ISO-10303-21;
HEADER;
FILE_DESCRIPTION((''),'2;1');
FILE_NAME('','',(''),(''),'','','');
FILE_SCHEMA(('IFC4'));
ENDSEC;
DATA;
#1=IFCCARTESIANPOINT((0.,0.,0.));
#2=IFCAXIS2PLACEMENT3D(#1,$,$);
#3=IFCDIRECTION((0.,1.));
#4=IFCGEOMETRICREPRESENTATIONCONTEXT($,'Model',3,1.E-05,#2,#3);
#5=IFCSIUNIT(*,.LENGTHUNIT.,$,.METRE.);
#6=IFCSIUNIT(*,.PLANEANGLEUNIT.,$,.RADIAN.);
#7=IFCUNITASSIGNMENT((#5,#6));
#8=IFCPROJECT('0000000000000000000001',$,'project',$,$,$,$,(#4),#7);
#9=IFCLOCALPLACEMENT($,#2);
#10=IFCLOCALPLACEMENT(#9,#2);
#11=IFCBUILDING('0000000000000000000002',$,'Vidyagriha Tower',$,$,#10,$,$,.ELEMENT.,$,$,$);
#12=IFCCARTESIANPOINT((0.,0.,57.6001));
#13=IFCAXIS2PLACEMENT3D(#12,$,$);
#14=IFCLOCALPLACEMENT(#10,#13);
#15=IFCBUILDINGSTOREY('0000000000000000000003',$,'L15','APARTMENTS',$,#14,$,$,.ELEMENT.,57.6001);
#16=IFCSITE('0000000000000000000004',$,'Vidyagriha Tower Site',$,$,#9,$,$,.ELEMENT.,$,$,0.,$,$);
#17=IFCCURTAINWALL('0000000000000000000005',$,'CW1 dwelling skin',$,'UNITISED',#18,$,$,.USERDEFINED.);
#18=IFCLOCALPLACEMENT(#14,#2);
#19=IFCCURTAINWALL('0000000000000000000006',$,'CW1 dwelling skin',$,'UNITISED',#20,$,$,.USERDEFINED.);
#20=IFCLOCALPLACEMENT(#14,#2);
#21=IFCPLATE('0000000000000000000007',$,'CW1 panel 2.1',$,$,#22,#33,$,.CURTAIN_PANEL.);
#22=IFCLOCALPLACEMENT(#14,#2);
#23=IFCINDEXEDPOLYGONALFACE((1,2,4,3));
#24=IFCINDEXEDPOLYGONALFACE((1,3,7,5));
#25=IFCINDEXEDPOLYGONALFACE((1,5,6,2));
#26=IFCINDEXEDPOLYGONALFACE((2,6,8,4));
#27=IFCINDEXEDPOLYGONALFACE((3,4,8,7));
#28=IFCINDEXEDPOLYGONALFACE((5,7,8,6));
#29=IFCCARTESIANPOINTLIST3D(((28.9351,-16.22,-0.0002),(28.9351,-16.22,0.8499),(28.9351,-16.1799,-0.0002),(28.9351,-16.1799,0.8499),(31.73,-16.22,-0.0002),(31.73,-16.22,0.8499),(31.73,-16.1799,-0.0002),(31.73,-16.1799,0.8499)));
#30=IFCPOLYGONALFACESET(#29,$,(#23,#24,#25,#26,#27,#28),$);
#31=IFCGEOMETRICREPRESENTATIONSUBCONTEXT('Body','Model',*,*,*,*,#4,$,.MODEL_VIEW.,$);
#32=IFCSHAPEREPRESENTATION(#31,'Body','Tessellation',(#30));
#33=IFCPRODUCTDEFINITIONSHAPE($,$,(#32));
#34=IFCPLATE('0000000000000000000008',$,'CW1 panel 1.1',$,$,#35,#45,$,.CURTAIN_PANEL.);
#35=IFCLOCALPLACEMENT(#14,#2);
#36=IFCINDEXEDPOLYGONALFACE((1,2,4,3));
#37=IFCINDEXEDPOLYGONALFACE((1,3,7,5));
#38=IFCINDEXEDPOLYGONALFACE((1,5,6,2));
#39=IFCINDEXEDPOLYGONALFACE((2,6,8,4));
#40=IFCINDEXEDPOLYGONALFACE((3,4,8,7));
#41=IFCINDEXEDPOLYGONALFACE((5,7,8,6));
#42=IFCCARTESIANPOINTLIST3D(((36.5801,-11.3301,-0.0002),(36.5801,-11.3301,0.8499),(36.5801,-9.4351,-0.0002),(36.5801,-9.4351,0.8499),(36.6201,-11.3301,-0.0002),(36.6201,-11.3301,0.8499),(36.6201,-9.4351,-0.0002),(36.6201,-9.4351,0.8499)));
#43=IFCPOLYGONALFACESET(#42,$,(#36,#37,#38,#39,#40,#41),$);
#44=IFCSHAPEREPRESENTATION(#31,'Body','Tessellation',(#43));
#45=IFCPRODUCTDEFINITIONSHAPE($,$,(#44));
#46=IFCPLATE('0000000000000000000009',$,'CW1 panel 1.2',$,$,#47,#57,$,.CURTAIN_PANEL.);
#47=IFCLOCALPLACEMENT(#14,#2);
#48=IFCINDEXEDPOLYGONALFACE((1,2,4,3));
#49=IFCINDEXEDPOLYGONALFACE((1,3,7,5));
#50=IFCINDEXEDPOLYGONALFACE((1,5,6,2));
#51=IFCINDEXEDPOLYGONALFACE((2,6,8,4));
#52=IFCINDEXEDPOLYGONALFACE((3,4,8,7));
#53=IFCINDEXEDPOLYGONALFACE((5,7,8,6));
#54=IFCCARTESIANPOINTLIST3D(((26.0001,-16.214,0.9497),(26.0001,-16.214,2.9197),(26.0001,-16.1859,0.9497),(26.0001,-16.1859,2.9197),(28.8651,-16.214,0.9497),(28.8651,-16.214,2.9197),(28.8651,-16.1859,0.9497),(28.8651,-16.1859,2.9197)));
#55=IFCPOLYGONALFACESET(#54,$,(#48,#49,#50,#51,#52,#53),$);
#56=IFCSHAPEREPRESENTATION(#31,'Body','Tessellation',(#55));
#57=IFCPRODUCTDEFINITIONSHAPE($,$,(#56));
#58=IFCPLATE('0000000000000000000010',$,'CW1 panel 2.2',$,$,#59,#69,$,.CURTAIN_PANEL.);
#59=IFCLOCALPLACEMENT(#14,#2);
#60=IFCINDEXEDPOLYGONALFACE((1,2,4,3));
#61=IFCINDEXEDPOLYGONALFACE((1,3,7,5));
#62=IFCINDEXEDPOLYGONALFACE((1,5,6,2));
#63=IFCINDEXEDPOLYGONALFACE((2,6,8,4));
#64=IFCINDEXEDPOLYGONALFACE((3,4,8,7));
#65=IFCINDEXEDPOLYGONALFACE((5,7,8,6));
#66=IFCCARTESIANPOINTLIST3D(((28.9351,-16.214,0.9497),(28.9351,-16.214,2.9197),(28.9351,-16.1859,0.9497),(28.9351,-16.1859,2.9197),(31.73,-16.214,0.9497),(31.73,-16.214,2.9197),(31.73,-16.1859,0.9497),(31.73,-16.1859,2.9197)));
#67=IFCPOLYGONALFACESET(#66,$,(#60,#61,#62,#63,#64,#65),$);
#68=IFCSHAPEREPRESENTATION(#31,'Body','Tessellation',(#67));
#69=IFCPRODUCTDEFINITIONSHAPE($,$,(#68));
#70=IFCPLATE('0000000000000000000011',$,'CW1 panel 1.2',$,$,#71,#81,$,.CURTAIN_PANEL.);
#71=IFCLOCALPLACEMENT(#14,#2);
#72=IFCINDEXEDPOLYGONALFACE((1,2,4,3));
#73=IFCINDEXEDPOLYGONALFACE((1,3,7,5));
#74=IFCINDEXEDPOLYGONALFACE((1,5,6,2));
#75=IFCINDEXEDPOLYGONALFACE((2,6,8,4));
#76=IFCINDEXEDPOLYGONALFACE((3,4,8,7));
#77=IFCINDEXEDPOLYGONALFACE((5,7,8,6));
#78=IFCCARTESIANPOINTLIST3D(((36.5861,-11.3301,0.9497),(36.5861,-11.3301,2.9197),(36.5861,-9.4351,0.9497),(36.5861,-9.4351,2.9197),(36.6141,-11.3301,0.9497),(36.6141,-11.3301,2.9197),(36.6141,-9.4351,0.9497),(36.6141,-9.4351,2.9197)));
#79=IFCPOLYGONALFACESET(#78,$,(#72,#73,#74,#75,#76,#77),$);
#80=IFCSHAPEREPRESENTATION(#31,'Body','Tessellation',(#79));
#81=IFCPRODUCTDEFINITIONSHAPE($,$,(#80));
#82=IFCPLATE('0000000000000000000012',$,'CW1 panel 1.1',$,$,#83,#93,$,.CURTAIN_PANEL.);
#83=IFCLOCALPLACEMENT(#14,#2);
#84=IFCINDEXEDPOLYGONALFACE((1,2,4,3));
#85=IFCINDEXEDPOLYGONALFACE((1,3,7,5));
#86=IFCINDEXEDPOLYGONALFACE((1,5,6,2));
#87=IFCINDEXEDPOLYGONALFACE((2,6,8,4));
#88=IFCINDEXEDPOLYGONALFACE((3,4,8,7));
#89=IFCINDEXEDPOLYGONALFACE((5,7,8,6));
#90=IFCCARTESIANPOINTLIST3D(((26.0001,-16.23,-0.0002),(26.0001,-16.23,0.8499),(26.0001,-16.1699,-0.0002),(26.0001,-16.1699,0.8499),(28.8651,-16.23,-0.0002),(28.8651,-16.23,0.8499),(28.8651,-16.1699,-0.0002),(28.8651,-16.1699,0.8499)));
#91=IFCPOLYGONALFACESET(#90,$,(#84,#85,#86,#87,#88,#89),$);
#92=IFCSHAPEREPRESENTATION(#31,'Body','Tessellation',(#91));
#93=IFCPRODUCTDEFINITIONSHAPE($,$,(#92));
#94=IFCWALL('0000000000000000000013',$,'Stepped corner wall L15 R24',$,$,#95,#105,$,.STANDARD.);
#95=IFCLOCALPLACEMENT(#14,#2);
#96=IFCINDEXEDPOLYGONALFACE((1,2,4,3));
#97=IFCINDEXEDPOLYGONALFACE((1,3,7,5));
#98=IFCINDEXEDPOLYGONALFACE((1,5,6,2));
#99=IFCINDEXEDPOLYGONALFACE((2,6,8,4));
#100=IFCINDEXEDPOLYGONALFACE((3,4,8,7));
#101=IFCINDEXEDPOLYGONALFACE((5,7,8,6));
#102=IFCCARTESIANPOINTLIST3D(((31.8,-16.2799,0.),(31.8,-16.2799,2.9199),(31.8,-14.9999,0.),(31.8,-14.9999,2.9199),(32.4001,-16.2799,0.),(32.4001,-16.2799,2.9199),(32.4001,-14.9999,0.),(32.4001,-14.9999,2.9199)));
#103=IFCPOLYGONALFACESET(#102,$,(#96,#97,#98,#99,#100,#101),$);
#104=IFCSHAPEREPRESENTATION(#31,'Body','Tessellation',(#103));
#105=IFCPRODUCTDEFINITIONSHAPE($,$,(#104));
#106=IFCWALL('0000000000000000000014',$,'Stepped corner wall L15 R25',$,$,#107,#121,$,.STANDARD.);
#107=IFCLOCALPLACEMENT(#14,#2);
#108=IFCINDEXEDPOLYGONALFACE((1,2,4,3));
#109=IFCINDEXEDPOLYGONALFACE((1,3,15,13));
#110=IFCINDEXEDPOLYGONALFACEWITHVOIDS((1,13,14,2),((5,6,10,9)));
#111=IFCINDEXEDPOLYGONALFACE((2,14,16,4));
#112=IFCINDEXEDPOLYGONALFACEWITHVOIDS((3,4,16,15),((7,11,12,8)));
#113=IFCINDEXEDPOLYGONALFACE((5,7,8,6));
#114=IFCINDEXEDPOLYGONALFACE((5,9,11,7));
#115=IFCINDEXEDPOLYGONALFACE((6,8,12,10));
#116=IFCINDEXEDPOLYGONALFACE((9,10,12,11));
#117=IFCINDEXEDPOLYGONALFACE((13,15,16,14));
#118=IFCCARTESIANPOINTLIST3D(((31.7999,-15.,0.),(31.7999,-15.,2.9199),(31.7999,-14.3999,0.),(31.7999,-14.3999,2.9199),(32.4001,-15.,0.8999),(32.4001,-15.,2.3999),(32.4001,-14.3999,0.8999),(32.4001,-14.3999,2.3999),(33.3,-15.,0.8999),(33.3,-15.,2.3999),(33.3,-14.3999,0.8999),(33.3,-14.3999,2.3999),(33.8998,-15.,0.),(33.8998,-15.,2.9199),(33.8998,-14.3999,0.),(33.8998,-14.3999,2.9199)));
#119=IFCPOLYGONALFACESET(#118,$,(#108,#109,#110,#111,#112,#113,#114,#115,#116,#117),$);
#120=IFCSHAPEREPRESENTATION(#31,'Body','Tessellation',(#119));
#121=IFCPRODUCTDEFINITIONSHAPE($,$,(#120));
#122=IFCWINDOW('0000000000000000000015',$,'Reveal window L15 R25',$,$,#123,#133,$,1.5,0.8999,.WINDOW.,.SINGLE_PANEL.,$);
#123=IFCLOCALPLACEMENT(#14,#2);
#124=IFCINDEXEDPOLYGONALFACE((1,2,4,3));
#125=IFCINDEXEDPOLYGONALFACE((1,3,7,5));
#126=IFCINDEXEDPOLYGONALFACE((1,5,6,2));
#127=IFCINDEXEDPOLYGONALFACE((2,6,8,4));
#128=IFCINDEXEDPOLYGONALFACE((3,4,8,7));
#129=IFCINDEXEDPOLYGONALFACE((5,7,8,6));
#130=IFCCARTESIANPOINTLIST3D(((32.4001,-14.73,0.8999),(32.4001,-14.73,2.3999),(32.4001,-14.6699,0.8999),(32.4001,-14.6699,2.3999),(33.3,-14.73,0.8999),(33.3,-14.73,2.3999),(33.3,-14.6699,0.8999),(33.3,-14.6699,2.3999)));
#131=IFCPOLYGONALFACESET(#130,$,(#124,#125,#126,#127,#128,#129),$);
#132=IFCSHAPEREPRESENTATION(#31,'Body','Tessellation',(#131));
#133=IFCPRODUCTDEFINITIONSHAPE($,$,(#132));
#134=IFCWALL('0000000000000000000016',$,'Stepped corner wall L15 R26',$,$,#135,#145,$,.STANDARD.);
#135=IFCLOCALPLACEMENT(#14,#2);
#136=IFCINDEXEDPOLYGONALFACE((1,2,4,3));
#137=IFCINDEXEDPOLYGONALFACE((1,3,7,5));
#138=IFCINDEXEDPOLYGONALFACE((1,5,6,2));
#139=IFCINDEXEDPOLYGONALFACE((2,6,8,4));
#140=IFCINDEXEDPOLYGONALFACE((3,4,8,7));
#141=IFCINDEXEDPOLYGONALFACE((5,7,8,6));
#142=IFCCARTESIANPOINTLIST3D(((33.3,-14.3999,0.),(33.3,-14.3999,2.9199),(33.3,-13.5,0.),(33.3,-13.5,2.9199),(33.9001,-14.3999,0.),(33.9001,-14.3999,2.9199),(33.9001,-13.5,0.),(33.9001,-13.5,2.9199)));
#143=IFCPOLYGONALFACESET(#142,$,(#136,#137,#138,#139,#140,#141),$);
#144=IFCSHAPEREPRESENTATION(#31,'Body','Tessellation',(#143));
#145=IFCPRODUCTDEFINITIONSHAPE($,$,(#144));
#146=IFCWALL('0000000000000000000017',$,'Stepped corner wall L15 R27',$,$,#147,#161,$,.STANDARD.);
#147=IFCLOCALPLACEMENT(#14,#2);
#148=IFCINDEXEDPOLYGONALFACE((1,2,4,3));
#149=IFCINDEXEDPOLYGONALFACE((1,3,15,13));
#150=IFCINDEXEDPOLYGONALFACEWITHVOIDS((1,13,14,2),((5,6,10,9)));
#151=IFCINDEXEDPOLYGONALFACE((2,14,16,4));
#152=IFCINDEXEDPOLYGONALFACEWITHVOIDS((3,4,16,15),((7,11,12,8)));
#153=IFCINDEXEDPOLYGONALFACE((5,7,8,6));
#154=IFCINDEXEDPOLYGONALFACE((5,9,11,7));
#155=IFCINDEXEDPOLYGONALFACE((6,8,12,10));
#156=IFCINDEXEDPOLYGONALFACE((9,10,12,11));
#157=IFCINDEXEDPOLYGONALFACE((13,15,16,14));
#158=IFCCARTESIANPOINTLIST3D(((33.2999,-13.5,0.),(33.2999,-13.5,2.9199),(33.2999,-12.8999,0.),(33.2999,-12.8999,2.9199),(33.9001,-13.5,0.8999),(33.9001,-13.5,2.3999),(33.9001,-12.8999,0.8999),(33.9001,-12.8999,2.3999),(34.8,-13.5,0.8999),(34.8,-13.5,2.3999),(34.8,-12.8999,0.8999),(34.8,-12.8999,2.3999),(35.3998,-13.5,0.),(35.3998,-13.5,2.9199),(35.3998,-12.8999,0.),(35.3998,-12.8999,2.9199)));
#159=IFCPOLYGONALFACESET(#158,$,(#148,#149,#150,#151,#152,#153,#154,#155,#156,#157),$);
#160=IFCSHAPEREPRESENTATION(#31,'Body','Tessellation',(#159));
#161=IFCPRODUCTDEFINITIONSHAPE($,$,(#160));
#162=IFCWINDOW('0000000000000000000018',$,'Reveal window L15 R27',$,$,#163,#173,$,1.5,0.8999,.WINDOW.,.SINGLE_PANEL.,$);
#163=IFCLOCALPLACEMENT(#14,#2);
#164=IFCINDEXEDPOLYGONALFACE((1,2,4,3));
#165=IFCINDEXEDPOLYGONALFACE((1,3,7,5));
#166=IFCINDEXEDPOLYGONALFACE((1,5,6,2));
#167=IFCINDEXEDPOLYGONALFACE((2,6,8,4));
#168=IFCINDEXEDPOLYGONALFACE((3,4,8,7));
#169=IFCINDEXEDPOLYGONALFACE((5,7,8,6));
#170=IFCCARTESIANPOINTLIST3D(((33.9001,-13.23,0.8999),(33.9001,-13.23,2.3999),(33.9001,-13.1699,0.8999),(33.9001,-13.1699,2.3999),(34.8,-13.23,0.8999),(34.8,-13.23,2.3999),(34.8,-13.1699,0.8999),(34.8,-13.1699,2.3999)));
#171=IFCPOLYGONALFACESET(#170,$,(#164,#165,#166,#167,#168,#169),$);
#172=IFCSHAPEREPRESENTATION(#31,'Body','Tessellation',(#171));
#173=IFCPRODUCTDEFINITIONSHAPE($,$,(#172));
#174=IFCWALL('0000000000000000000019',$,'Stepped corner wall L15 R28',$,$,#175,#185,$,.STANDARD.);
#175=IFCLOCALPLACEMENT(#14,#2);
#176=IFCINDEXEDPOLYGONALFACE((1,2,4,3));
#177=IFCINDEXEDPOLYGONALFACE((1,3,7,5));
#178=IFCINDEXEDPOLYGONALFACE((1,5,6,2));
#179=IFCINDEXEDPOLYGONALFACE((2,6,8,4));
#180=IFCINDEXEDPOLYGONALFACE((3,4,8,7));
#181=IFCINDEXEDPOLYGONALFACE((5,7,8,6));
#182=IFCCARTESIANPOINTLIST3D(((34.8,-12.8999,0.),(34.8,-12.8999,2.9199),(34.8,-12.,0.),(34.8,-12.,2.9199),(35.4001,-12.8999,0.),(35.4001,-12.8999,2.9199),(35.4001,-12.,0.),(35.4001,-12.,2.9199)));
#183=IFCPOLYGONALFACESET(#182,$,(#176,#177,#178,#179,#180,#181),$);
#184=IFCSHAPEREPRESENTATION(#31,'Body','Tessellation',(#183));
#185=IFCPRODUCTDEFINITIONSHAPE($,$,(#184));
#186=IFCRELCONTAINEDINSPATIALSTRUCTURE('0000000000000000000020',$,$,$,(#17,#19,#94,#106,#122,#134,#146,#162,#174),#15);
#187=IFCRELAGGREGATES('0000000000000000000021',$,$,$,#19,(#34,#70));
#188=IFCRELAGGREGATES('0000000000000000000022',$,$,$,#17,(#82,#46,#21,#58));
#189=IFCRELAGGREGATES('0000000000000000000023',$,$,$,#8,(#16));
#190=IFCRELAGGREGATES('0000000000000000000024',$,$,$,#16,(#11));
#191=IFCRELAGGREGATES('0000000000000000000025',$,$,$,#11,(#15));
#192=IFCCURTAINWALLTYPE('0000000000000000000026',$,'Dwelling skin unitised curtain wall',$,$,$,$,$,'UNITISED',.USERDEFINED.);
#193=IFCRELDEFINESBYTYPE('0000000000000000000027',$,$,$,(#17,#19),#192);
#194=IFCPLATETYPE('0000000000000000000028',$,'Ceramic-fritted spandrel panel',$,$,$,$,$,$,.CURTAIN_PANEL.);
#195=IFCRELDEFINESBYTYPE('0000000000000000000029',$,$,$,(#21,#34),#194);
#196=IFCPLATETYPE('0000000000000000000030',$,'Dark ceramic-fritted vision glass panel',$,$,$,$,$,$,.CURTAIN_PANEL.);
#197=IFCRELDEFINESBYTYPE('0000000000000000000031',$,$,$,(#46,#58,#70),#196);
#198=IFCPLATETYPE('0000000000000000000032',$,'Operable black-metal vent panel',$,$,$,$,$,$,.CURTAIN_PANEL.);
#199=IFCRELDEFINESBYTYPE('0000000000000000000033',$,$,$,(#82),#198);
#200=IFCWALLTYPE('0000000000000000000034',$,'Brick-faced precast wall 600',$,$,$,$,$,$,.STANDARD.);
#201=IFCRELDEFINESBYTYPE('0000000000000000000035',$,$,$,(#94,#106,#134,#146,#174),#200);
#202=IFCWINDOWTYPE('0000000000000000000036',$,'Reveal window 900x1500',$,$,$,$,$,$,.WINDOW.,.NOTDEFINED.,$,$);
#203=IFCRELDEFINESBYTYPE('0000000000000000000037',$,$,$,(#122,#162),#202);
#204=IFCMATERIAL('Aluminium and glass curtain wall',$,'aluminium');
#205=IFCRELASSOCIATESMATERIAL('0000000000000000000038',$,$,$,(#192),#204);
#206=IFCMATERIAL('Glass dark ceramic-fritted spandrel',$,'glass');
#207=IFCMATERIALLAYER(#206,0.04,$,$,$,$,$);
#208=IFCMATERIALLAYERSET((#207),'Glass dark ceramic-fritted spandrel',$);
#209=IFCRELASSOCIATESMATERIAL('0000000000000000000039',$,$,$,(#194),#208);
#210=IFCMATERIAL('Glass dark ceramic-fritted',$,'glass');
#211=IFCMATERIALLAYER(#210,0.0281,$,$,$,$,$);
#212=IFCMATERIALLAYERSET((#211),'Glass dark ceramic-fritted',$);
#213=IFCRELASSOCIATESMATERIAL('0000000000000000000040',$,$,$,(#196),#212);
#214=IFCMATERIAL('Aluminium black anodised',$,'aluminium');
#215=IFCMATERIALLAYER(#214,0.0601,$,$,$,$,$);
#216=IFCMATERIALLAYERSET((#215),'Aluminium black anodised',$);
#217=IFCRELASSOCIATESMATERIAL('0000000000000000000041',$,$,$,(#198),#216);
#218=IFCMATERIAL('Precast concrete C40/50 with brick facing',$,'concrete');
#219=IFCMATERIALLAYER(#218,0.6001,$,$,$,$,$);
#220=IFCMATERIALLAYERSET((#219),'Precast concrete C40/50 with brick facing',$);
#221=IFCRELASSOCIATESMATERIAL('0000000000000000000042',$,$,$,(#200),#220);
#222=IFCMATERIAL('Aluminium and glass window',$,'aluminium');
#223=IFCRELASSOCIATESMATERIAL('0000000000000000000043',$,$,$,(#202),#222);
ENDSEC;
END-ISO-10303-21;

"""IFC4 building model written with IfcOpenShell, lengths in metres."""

from ifc_helpers import new_model, si_unit, direction, frame, frame_2d, origin, origin_2d, place, context, subcontext, project, spatial, rectangle, extrude, material, layer, layer_set, type_object, element, fill, aggregate, save


model = new_model("IFC4")

# Units and contexts
model_context = context("Model", 3, precision=1e-05, world=origin(), true_north=direction((0.0, 1.0)))
body_context = subcontext(model_context, "Body", "Model", "MODEL_VIEW")
ifc_project = project(units=[si_unit("LENGTHUNIT", "METRE"), si_unit("PLANEANGLEUNIT", "RADIAN")], contexts=[model_context])

# Site, building, storey
site_placement = place(None, origin())
site = spatial("IfcSite", under=ifc_project, at=site_placement, Name="Vidyagriha Tower Site", CompositionType="ELEMENT", RefElevation=0.0)
building_placement = place(site_placement, origin())
building = spatial("IfcBuilding", under=site, at=building_placement, Name="Vidyagriha Tower", CompositionType="ELEMENT")
storey_placement = place(building_placement, frame((0.0, 0.0, 57.6001)))
storey = spatial("IfcBuildingStorey", under=building, at=storey_placement, Name="L15", Description="APARTMENTS", CompositionType="ELEMENT", Elevation=57.6001)

# Curtain walls
ifc_material_1 = material(Name="Aluminium and glass curtain wall", Category="aluminium")
curtain_wall_type = type_object("IfcCurtainWallType", Name="Dwelling skin unitised curtain wall", ElementType="UNITISED", PredefinedType="USERDEFINED", material=ifc_material_1)
curtain_wall_1_placement = place(storey_placement, origin())
curtain_wall_1 = element("IfcCurtainWall", 1, at=curtain_wall_1_placement, inside=storey, type_object=curtain_wall_type, Name="CW1 dwelling skin", ObjectType="UNITISED", PredefinedType="USERDEFINED")
curtain_wall_2_placement = place(storey_placement, origin())
curtain_wall_2 = element("IfcCurtainWall", 2, at=curtain_wall_2_placement, inside=storey, type_object=curtain_wall_type, Name="CW1 dwelling skin", ObjectType="UNITISED", PredefinedType="USERDEFINED")

# Plates
ifc_material_2 = material(Name="Glass dark ceramic-fritted spandrel", Category="glass")
ifc_layer_1 = layer(ifc_material_2, 0.04)
ifc_layer_set_1 = layer_set([ifc_layer_1], Name="Glass dark ceramic-fritted spandrel")
plate_type_1 = type_object("IfcPlateType", Name="Ceramic-fritted spandrel panel", PredefinedType="CURTAIN_PANEL", material=ifc_layer_set_1)
plate_1_placement = place(storey_placement, frame((30.3325, -16.2, -0.0002)))
plate_1 = element("IfcPlate", 3, at=plate_1_placement, type_object=plate_type_1, Name="CW1 panel 2.1", PredefinedType="CURTAIN_PANEL", context=body_context, shape_type="SweptSolid", body=[
    extrude(rectangle(XDim=2.7949, YDim=0.04, at=origin_2d()), origin(), (0.0, 0.0, 1.0), 0.8501),
])
plate_2_placement = place(storey_placement, frame((36.6001, -10.3826, -0.0002), z_axis=(0.0, 0.0, 1.0), x_axis=(0.0, 1.0, 0.0)))
plate_2 = element("IfcPlate", 4, at=plate_2_placement, type_object=plate_type_1, Name="CW1 panel 1.1", PredefinedType="CURTAIN_PANEL", context=body_context, shape_type="SweptSolid", body=[
    extrude(rectangle(XDim=1.895, YDim=0.04, at=origin_2d()), origin(), (0.0, 0.0, 1.0), 0.8501),
])
ifc_material_3 = material(Name="Glass dark ceramic-fritted", Category="glass")
ifc_layer_2 = layer(ifc_material_3, 0.0281)
ifc_layer_set_2 = layer_set([ifc_layer_2], Name="Glass dark ceramic-fritted")
plate_type_2 = type_object("IfcPlateType", Name="Dark ceramic-fritted vision glass panel", PredefinedType="CURTAIN_PANEL", material=ifc_layer_set_2)
plate_3_placement = place(storey_placement, frame((27.4326, -16.2, 0.9497)))
plate_3 = element("IfcPlate", 5, at=plate_3_placement, type_object=plate_type_2, Name="CW1 panel 1.2", PredefinedType="CURTAIN_PANEL", context=body_context, shape_type="SweptSolid", body=[
    extrude(rectangle(XDim=2.865, YDim=0.0281, at=origin_2d()), origin(), (0.0, 0.0, 1.0), 1.97),
])
plate_4_placement = place(storey_placement, frame((30.3325, -16.2, 0.9497)))
plate_4 = element("IfcPlate", 6, at=plate_4_placement, type_object=plate_type_2, Name="CW1 panel 2.2", PredefinedType="CURTAIN_PANEL", context=body_context, shape_type="SweptSolid", body=[
    extrude(rectangle(XDim=2.7949, YDim=0.0281, at=origin_2d()), origin(), (0.0, 0.0, 1.0), 1.97),
])
plate_5_placement = place(storey_placement, frame((36.6001, -10.3826, 0.9497), z_axis=(0.0, 0.0, 1.0), x_axis=(0.0, 1.0, 0.0)))
plate_5 = element("IfcPlate", 7, at=plate_5_placement, type_object=plate_type_2, Name="CW1 panel 1.2", PredefinedType="CURTAIN_PANEL", context=body_context, shape_type="SweptSolid", body=[
    extrude(rectangle(XDim=1.895, YDim=0.0281, at=origin_2d()), origin(), (0.0, 0.0, 1.0), 1.97),
])
aggregate(curtain_wall_2, [plate_2, plate_5])
ifc_material_4 = material(Name="Aluminium black anodised", Category="aluminium")
ifc_layer_3 = layer(ifc_material_4, 0.0601)
ifc_layer_set_3 = layer_set([ifc_layer_3], Name="Aluminium black anodised")
plate_type_3 = type_object("IfcPlateType", Name="Operable black-metal vent panel", PredefinedType="CURTAIN_PANEL", material=ifc_layer_set_3)
plate_6_placement = place(storey_placement, frame((27.4326, -16.2, -0.0002)))
plate_6 = element("IfcPlate", 8, at=plate_6_placement, type_object=plate_type_3, Name="CW1 panel 1.1", PredefinedType="CURTAIN_PANEL", context=body_context, shape_type="SweptSolid", body=[
    extrude(rectangle(XDim=2.865, YDim=0.0601, at=origin_2d()), origin(), (0.0, 0.0, 1.0), 0.8501),
])
aggregate(curtain_wall_1, [plate_6, plate_3, plate_1, plate_4])

# Wall
ifc_material_5 = material(Name="Precast concrete C40/50 with brick facing", Category="concrete")
ifc_layer_4 = layer(ifc_material_5, 0.6001)
ifc_layer_set_4 = layer_set([ifc_layer_4], Name="Precast concrete C40/50 with brick facing")
wall_type = type_object("IfcWallType", Name="Brick-faced precast wall 600", PredefinedType="STANDARD", material=ifc_layer_set_4)
wall_1_placement = place(storey_placement, frame((32.1001, -16.28, 0.0), z_axis=(0.0, 0.0, 1.0), x_axis=(0.0, 1.0, 0.0)))
element("IfcWall", 9, at=wall_1_placement, inside=storey, type_object=wall_type, Name="Stepped corner wall L15 R24", PredefinedType="STANDARD", context=body_context, shape_type="SweptSolid", body=[
    extrude(rectangle(XDim=1.28, YDim=0.6001, at=frame_2d((0.6401, 0.0))), origin(), (0.0, 0.0, 1.0), 2.9199),
])

# Wall, opening, window
wall_2_placement = place(storey_placement, frame((31.8, -14.7, 0.0)))
wall_2 = element("IfcWall", 10, at=wall_2_placement, inside=storey, type_object=wall_type, Name="Stepped corner wall L15 R25", PredefinedType="STANDARD", context=body_context, shape_type="SweptSolid", body=[
    extrude(rectangle(XDim=2.0999, YDim=0.6001, at=frame_2d((1.0498, 0.0))), origin(), (0.0, 0.0, 1.0), 2.9199),
])
opening_1_placement = place(wall_2_placement, frame((0.6001, 0.0, 0.8999)))
opening_1 = element("IfcOpeningElement", 11, at=opening_1_placement, cuts=wall_2, PredefinedType="OPENING", context=body_context, shape_type="SweptSolid", body=[
    extrude(rectangle(XDim=0.8999, YDim=1.5, at=frame_2d((0.45, 0.75))), frame((0.0, 0.3101, 0.0), z_axis=(0.0, -1.0, 0.0), x_axis=(1.0, 0.0, 0.0)), (0.0, 0.0, 1.0), 0.6201),
])
ifc_material_6 = material(Name="Aluminium and glass window", Category="aluminium")
window_type = type_object("IfcWindowType", Name="Reveal window 900x1500", PartitioningType="NOTDEFINED", PredefinedType="WINDOW", material=ifc_material_6)
window_1_placement = place(opening_1_placement, origin())
window_1 = element("IfcWindow", 12, at=window_1_placement, inside=storey, type_object=window_type, Name="Reveal window L15 R25", OverallHeight=1.5, OverallWidth=0.8999, PartitioningType="SINGLE_PANEL", PredefinedType="WINDOW", context=body_context, shape_type="SweptSolid", body=[
    extrude(rectangle(XDim=0.8999, YDim=1.5, at=frame_2d((0.45, 0.75))), frame((0.0, 0.03, 0.0), z_axis=(0.0, -1.0, 0.0), x_axis=(1.0, 0.0, 0.0)), (0.0, 0.0, 1.0), 0.0601),
])
fill(opening_1, window_1)

# Wall
wall_3_placement = place(storey_placement, frame((33.6001, -14.3999, 0.0), z_axis=(0.0, 0.0, 1.0), x_axis=(0.0, 1.0, 0.0)))
element("IfcWall", 13, at=wall_3_placement, inside=storey, type_object=wall_type, Name="Stepped corner wall L15 R26", PredefinedType="STANDARD", context=body_context, shape_type="SweptSolid", body=[
    extrude(rectangle(XDim=0.8999, YDim=0.6001, at=frame_2d((0.45, 0.0))), origin(), (0.0, 0.0, 1.0), 2.9199),
])

# Wall, opening, window
wall_4_placement = place(storey_placement, frame((33.3, -13.2, 0.0)))
wall_4 = element("IfcWall", 14, at=wall_4_placement, inside=storey, type_object=wall_type, Name="Stepped corner wall L15 R27", PredefinedType="STANDARD", context=body_context, shape_type="SweptSolid", body=[
    extrude(rectangle(XDim=2.0999, YDim=0.6001, at=frame_2d((1.0498, 0.0))), origin(), (0.0, 0.0, 1.0), 2.9199),
])
opening_2_placement = place(wall_4_placement, frame((0.6001, 0.0, 0.8999)))
opening_2 = element("IfcOpeningElement", 15, at=opening_2_placement, cuts=wall_4, PredefinedType="OPENING", context=body_context, shape_type="SweptSolid", body=[
    extrude(rectangle(XDim=0.8999, YDim=1.5, at=frame_2d((0.45, 0.75))), frame((0.0, 0.3101, 0.0), z_axis=(0.0, -1.0, 0.0), x_axis=(1.0, 0.0, 0.0)), (0.0, 0.0, 1.0), 0.6201),
])
window_2_placement = place(opening_2_placement, origin())
window_2 = element("IfcWindow", 16, at=window_2_placement, inside=storey, type_object=window_type, Name="Reveal window L15 R27", OverallHeight=1.5, OverallWidth=0.8999, PartitioningType="SINGLE_PANEL", PredefinedType="WINDOW", context=body_context, shape_type="SweptSolid", body=[
    extrude(rectangle(XDim=0.8999, YDim=1.5, at=frame_2d((0.45, 0.75))), frame((0.0, 0.03, 0.0), z_axis=(0.0, -1.0, 0.0), x_axis=(1.0, 0.0, 0.0)), (0.0, 0.0, 1.0), 0.0601),
])
fill(opening_2, window_2)

# Wall
wall_5_placement = place(storey_placement, frame((35.1001, -12.8999, 0.0), z_axis=(0.0, 0.0, 1.0), x_axis=(0.0, 1.0, 0.0)))
element("IfcWall", 17, at=wall_5_placement, inside=storey, type_object=wall_type, Name="Stepped corner wall L15 R28", PredefinedType="STANDARD", context=body_context, shape_type="SweptSolid", body=[
    extrude(rectangle(XDim=0.8999, YDim=0.6001, at=frame_2d((0.45, 0.0))), origin(), (0.0, 0.0, 1.0), 2.9199),
])

save(model, "model.ifc")
